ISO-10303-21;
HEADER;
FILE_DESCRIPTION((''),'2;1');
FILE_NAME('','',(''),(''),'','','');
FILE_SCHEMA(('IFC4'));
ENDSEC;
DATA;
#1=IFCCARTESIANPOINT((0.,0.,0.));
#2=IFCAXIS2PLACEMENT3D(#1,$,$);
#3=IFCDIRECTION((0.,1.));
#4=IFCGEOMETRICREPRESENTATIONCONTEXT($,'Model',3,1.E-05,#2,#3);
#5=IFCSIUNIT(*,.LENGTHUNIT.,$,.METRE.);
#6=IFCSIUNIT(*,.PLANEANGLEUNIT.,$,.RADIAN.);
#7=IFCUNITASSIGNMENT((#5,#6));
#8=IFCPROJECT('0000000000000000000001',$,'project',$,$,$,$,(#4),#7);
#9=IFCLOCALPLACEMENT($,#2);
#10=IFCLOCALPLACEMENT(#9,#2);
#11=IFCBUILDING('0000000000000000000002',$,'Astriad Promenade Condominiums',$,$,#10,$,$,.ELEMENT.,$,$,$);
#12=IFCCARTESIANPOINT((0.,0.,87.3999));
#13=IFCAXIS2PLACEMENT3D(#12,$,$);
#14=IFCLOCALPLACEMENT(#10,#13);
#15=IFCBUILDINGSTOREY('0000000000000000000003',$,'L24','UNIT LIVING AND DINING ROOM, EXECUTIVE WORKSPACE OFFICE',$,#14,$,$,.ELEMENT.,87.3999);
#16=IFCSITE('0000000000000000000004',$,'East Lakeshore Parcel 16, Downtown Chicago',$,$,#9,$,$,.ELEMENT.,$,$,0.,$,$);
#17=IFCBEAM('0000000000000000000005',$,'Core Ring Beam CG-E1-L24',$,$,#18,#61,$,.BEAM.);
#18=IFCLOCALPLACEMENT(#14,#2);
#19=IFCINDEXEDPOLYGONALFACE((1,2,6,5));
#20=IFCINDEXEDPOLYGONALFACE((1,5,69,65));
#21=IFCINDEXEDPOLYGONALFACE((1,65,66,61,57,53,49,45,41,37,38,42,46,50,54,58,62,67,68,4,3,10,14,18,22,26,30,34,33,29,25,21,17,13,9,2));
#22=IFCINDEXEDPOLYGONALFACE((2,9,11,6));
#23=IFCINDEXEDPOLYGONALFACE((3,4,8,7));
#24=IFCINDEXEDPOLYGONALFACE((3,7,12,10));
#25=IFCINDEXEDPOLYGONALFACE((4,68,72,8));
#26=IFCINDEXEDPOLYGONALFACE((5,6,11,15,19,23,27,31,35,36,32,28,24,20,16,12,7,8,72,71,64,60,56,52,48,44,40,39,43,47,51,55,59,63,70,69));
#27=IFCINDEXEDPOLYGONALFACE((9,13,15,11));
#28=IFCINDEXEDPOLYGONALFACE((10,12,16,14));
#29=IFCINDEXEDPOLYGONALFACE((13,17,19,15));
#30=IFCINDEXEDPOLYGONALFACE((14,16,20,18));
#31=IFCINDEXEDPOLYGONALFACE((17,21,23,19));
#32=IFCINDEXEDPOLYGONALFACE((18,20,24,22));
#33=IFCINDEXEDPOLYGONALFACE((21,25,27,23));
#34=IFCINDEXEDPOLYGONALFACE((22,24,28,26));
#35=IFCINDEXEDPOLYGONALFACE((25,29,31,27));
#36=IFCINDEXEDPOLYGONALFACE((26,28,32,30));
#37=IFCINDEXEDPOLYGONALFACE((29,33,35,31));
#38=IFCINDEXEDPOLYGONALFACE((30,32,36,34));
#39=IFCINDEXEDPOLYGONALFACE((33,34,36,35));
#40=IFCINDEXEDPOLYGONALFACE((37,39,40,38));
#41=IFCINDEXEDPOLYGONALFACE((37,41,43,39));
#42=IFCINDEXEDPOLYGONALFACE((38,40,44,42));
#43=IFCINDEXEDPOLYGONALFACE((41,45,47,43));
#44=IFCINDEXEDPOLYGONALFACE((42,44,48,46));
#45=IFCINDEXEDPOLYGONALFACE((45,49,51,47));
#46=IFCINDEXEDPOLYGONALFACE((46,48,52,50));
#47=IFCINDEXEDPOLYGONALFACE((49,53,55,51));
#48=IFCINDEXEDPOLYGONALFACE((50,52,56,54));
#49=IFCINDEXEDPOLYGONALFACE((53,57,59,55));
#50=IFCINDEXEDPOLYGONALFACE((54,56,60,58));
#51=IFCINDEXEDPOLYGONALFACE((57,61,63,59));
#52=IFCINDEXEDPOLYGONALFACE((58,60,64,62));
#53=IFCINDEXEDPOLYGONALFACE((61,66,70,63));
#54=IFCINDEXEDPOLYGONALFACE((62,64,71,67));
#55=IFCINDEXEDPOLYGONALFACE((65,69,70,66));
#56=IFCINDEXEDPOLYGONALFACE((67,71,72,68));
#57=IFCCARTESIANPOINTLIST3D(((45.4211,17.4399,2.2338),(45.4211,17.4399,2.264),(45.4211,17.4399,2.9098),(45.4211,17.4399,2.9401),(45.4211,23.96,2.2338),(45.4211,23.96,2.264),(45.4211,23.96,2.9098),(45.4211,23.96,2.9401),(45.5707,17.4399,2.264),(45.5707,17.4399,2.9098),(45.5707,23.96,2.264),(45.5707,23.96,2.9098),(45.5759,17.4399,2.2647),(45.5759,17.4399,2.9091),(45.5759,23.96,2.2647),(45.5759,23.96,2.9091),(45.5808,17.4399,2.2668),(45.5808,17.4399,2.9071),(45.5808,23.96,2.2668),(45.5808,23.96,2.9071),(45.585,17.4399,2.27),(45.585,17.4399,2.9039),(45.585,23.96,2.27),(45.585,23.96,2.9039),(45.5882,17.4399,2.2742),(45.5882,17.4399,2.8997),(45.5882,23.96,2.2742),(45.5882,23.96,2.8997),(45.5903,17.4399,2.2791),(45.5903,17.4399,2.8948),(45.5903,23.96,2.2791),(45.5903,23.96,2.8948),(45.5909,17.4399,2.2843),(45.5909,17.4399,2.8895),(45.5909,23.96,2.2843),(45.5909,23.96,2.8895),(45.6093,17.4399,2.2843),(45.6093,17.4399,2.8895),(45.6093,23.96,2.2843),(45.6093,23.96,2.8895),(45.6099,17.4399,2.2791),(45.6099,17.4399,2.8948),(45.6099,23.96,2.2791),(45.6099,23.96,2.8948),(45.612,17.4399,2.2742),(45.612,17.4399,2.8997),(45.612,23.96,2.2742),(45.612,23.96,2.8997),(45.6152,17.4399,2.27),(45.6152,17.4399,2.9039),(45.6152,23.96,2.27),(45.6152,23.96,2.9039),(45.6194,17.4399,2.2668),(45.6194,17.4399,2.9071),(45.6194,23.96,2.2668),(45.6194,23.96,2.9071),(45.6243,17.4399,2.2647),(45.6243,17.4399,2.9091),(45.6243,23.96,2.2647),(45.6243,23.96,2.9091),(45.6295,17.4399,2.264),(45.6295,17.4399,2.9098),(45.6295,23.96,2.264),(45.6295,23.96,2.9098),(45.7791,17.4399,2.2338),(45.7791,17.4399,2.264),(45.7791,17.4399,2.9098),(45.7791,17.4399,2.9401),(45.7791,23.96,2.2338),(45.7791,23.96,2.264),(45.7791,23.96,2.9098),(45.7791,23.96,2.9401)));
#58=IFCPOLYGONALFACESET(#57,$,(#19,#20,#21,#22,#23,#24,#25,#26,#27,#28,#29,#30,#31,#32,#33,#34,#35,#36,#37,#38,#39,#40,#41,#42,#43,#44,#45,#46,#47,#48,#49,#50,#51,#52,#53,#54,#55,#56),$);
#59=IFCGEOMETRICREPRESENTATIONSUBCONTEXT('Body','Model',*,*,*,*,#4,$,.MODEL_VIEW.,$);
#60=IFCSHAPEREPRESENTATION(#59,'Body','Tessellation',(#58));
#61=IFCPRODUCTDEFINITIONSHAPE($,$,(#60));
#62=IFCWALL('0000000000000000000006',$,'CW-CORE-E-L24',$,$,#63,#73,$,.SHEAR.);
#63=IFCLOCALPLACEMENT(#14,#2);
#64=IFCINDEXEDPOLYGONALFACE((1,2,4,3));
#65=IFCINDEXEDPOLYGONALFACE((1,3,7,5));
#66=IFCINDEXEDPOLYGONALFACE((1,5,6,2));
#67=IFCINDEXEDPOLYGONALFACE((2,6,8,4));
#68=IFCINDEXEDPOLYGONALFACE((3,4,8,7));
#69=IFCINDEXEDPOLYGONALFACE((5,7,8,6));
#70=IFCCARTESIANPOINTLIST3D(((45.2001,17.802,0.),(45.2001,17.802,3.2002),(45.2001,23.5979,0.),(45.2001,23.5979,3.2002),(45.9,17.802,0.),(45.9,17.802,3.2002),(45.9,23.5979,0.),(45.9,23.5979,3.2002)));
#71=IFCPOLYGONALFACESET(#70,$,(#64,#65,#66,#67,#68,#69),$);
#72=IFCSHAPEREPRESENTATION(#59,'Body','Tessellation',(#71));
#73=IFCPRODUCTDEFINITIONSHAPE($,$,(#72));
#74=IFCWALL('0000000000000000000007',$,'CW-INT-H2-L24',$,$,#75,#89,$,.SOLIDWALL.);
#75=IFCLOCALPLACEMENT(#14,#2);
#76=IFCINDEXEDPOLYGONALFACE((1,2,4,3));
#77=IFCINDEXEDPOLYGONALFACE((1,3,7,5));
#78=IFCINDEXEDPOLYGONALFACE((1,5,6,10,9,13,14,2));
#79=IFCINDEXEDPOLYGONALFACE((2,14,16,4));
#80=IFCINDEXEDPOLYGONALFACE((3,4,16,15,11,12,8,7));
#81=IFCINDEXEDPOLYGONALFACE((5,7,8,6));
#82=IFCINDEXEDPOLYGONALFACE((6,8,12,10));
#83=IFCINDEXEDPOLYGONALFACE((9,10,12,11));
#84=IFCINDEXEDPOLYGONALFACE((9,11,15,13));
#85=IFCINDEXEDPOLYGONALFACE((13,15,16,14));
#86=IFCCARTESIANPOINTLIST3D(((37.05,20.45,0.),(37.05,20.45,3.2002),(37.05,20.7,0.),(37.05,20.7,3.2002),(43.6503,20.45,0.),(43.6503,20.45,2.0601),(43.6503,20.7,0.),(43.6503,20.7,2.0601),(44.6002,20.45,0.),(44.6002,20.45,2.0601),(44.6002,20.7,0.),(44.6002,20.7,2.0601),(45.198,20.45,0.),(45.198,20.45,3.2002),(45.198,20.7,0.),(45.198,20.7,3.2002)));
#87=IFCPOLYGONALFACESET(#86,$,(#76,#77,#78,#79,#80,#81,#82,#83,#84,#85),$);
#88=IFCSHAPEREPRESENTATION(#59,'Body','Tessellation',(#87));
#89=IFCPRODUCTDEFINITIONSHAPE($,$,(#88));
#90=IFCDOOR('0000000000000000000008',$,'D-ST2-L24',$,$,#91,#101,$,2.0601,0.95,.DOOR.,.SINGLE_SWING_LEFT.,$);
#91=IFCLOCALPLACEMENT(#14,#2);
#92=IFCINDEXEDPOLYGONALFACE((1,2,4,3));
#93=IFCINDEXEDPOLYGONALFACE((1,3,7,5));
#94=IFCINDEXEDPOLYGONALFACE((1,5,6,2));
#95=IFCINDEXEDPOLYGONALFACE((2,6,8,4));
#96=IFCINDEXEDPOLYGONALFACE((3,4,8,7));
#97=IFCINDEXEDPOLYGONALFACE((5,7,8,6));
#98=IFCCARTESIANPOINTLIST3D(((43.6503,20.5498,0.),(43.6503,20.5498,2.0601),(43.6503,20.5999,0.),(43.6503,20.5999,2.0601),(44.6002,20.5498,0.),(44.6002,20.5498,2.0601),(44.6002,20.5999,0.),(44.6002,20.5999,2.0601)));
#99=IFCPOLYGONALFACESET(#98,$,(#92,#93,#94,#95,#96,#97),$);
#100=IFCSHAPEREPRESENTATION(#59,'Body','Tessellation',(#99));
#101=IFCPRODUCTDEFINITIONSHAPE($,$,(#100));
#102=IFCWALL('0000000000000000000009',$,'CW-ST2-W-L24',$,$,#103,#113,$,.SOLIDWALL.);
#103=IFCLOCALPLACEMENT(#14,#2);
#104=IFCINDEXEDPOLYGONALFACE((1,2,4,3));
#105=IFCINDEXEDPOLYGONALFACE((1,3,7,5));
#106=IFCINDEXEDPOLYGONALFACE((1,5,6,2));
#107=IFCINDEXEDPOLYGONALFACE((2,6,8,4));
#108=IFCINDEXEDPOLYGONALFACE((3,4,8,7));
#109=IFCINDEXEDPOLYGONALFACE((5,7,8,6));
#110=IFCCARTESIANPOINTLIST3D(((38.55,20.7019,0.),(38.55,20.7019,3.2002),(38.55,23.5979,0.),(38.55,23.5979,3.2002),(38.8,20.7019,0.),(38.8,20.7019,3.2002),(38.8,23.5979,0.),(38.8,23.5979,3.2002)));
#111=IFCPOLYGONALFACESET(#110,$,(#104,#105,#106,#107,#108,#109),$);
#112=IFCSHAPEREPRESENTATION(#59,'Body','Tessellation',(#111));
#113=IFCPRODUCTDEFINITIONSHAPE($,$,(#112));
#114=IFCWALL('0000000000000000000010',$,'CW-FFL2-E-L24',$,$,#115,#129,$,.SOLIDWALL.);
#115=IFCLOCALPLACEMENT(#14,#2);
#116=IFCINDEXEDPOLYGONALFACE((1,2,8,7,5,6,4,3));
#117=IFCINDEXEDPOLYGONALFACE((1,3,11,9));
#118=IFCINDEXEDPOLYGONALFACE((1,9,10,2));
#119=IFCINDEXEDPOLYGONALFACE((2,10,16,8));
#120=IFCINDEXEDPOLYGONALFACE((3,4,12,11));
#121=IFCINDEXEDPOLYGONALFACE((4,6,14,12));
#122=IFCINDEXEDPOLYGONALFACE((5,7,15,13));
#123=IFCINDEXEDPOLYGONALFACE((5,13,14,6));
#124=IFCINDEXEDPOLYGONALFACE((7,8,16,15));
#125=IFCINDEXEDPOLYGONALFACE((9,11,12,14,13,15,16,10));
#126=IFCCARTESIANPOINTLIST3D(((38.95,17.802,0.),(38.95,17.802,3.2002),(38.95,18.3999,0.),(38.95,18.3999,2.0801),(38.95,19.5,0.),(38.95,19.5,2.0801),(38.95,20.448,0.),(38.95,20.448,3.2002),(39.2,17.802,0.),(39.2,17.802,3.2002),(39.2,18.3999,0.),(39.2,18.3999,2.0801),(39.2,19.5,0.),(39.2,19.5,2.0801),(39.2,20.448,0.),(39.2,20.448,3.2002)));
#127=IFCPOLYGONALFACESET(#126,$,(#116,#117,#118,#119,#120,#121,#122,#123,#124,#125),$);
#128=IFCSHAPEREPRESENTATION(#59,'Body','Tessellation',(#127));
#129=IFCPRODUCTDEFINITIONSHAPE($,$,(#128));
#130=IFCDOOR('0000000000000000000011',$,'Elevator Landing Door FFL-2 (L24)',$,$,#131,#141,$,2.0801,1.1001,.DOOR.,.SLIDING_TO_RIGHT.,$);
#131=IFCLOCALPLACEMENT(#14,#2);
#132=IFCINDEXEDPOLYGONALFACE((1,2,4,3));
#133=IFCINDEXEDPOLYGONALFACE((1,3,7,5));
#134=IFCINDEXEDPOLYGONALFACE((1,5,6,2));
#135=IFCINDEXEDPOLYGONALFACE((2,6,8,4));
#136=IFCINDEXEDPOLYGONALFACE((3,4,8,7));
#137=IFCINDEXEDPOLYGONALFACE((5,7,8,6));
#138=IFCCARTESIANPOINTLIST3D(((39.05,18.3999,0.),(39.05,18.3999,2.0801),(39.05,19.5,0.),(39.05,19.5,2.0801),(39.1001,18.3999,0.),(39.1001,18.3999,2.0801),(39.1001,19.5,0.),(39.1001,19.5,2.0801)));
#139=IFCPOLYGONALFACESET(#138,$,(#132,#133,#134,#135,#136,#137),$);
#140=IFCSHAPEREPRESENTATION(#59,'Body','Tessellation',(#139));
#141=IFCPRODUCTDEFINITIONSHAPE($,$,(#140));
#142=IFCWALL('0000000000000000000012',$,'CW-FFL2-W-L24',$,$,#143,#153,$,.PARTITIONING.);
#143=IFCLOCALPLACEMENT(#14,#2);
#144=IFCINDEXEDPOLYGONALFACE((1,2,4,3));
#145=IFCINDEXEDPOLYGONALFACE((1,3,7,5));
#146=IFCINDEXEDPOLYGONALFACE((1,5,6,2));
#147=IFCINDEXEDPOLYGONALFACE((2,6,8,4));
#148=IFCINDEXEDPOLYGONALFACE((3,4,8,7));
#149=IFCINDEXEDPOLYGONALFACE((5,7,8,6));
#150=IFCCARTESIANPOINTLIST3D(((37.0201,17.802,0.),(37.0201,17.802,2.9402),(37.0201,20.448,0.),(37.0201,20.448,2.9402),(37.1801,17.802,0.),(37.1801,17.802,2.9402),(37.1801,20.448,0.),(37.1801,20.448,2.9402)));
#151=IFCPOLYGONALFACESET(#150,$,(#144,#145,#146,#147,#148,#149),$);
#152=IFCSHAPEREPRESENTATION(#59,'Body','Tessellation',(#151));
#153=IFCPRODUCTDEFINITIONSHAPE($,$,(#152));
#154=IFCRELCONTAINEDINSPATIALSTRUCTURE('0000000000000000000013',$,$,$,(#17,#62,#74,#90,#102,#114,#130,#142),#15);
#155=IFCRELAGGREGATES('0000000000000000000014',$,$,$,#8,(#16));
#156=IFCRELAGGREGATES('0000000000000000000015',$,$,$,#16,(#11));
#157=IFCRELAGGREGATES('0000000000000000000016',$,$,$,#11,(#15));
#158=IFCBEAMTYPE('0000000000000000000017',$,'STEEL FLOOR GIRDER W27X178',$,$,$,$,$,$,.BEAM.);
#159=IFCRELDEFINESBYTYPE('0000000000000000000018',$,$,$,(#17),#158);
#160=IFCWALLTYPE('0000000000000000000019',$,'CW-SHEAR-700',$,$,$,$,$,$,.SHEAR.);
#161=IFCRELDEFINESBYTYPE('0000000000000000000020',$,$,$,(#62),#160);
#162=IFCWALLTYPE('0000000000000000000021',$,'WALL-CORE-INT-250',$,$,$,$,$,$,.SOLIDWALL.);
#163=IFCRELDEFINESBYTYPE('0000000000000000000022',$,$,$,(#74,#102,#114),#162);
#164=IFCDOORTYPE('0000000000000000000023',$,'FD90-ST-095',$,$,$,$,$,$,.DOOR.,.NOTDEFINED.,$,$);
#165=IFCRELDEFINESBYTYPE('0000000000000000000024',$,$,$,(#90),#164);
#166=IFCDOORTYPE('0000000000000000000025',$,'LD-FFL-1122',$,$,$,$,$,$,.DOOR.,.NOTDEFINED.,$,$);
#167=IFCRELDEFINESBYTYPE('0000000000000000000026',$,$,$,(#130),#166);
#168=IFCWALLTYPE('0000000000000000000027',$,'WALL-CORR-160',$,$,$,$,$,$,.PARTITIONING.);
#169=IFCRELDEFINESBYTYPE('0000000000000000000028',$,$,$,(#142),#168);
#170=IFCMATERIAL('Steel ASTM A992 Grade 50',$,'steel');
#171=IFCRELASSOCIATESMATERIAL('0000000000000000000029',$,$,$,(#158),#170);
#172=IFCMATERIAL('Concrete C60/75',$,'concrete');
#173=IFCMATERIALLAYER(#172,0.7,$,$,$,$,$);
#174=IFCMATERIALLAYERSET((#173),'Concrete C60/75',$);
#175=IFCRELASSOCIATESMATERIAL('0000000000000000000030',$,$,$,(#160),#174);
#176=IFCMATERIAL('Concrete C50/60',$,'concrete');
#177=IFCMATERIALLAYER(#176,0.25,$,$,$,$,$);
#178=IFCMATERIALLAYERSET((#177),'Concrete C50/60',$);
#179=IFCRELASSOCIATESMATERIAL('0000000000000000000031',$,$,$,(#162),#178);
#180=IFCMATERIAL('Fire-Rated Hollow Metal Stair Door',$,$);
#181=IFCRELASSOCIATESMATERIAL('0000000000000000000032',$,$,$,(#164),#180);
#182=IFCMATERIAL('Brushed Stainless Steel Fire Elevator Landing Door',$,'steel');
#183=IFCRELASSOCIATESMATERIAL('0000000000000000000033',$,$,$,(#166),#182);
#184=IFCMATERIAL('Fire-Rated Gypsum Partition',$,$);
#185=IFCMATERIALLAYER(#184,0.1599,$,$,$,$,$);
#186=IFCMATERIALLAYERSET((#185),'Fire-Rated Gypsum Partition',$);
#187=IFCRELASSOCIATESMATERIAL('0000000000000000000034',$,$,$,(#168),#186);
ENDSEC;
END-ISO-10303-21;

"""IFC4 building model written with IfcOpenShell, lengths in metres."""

from ifc_helpers import new_model, si_unit, direction, frame, frame_2d, origin, origin_2d, place, context, subcontext, project, spatial, rectangle, i_section, extrude, source, transform, mapped, material, layer, layer_set, material_profile, profile_set, type_object, type_shapes, element, fill, save


model = new_model("IFC4")

# Units and contexts
model_context = context("Model", 3, precision=1e-05, world=origin(), true_north=direction((0.0, 1.0)))
body_context = subcontext(model_context, "Body", "Model", "MODEL_VIEW")
ifc_project = project(units=[si_unit("LENGTHUNIT", "METRE"), si_unit("PLANEANGLEUNIT", "RADIAN")], contexts=[model_context])

# Site, building, storey
site_placement = place(None, origin())
site = spatial("IfcSite", under=ifc_project, at=site_placement, Name="East Lakeshore Parcel 16, Downtown Chicago", CompositionType="ELEMENT", RefElevation=0.0)
building_placement = place(site_placement, origin())
building = spatial("IfcBuilding", under=site, at=building_placement, Name="Astriad Promenade Condominiums", CompositionType="ELEMENT")
storey_placement = place(building_placement, frame((0.0, 0.0, 87.3999)))
storey = spatial("IfcBuildingStorey", under=building, at=storey_placement, Name="L24", Description="UNIT LIVING AND DINING ROOM, EXECUTIVE WORKSPACE OFFICE", CompositionType="ELEMENT", Elevation=87.3999)

# Shared definitions
ifc_material_1 = material(Name="Steel ASTM A992 Grade 50", Category="steel")

# Beam
ifc_material_profile_1 = material_profile(ifc_material_1, i_section(OverallWidth=0.3579, OverallDepth=0.7063, WebThickness=0.0183, FlangeThickness=0.0303, FilletRadius=0.0203, at=origin_2d()), Name="W27X178")
ifc_profile_set_1 = profile_set([ifc_material_profile_1], Name="Steel ASTM A992 Grade 50")
beam_type_1 = type_object("IfcBeamType", Name="STEEL FLOOR GIRDER W27X178", PredefinedType="BEAM", material=ifc_profile_set_1)
shared_shape_1 = source(origin(), body_context, "Body", "SweptSolid", [
    extrude(i_section(OverallWidth=0.3579, OverallDepth=0.7063, WebThickness=0.0183, FlangeThickness=0.0303, FilletRadius=0.0203, at=origin_2d()), origin(), (0.0, 0.0, 1.0), 6.52),
])
type_shapes(beam_type_1, [shared_shape_1])
beam_1_placement = place(storey_placement, frame((45.6001, 17.4399, 2.5869), z_axis=(0.0, 1.0, 0.0), x_axis=(-1.0, 0.0, 0.0)))
element("IfcBeam", 1, at=beam_1_placement, inside=storey, type_object=beam_type_1, Name="Core Ring Beam CG-E1-L24", PredefinedType="BEAM", context=body_context, shape_type="MappedRepresentation", body=[
    mapped(shared_shape_1, transform((0.0, 0.0, 0.0), scale=1.0)),
])

# Wall
ifc_material_2 = material(Name="Concrete C60/75", Category="concrete")
ifc_layer_1 = layer(ifc_material_2, 0.7)
ifc_layer_set_1 = layer_set([ifc_layer_1], Name="Concrete C60/75")
wall_type_1 = type_object("IfcWallType", Name="CW-SHEAR-700", PredefinedType="SHEAR", material=ifc_layer_set_1)
wall_1_placement = place(storey_placement, frame((45.55, 17.802, 0.0), z_axis=(0.0, 0.0, 1.0), x_axis=(0.0, 1.0, 0.0)))
element("IfcWall", 2, at=wall_1_placement, inside=storey, type_object=wall_type_1, Name="CW-CORE-E-L24", PredefinedType="SHEAR", context=body_context, shape_type="SweptSolid", body=[
    extrude(rectangle(XDim=5.7959, YDim=0.7, at=frame_2d((2.8979, 0.0))), origin(), (0.0, 0.0, 1.0), 3.2002),
])

# Wall, opening, door
ifc_material_3 = material(Name="Concrete C50/60", Category="concrete")
ifc_layer_2 = layer(ifc_material_3, 0.25)
ifc_layer_set_2 = layer_set([ifc_layer_2], Name="Concrete C50/60")
wall_type_2 = type_object("IfcWallType", Name="WALL-CORE-INT-250", PredefinedType="SOLIDWALL", material=ifc_layer_set_2)
wall_2_placement = place(storey_placement, frame((37.05, 20.575, 0.0), z_axis=(0.0, 0.0, 1.0), x_axis=(1.0, 0.0, 0.0)))
wall_2 = element("IfcWall", 3, at=wall_2_placement, inside=storey, type_object=wall_type_2, Name="CW-INT-H2-L24", PredefinedType="SOLIDWALL", context=body_context, shape_type="SweptSolid", body=[
    extrude(rectangle(XDim=8.1479, YDim=0.25, at=frame_2d((4.074, 0.0))), origin(), (0.0, 0.0, 1.0), 3.2002),
])
opening_1_placement = place(wall_2_placement, frame((6.6001, 0.0, 0.0)))
opening_1 = element("IfcOpeningElement", 4, at=opening_1_placement, cuts=wall_2, PredefinedType="OPENING", context=body_context, shape_type="SweptSolid", body=[
    extrude(rectangle(XDim=0.95, YDim=2.0601, at=frame_2d((0.4751, 1.03))), frame((0.0, 0.135, 0.0), z_axis=(0.0, -1.0, 0.0), x_axis=(1.0, 0.0, 0.0)), (0.0, 0.0, 1.0), 0.27),
])
ifc_material_4 = material(Name="Fire-Rated Hollow Metal Stair Door")
door_type_1 = type_object("IfcDoorType", Name="FD90-ST-095", OperationType="NOTDEFINED", PredefinedType="DOOR", material=ifc_material_4)
shared_shape_2 = source(origin(), body_context, "Body", "SweptSolid", [
    extrude(rectangle(XDim=0.95, YDim=2.0601, at=frame_2d((0.4751, 1.03))), frame((0.0, 0.0249, 0.0), z_axis=(0.0, -1.0, 0.0), x_axis=(1.0, 0.0, 0.0)), (0.0, 0.0, 1.0), 0.05),
])
type_shapes(door_type_1, [shared_shape_2])
door_1_placement = place(opening_1_placement, origin())
door_1 = element("IfcDoor", 5, at=door_1_placement, inside=storey, type_object=door_type_1, Name="D-ST2-L24", OperationType="SINGLE_SWING_LEFT", OverallHeight=2.0601, OverallWidth=0.95, PredefinedType="DOOR", context=body_context, shape_type="MappedRepresentation", body=[
    mapped(shared_shape_2, transform((0.0, 0.0, 0.0), scale=1.0)),
])
fill(opening_1, door_1)

# Wall
wall_3_placement = place(storey_placement, frame((38.675, 20.7019, 0.0), z_axis=(0.0, 0.0, 1.0), x_axis=(0.0, 1.0, 0.0)))
element("IfcWall", 6, at=wall_3_placement, inside=storey, type_object=wall_type_2, Name="CW-ST2-W-L24", PredefinedType="SOLIDWALL", context=body_context, shape_type="SweptSolid", body=[
    extrude(rectangle(XDim=2.896, YDim=0.25, at=frame_2d((1.448, 0.0))), origin(), (0.0, 0.0, 1.0), 3.2002),
])

# Wall, opening, door
wall_4_placement = place(storey_placement, frame((39.075, 17.802, 0.0), z_axis=(0.0, 0.0, 1.0), x_axis=(0.0, 1.0, 0.0)))
wall_4 = element("IfcWall", 7, at=wall_4_placement, inside=storey, type_object=wall_type_2, Name="CW-FFL2-E-L24", PredefinedType="SOLIDWALL", context=body_context, shape_type="SweptSolid", body=[
    extrude(rectangle(XDim=2.646, YDim=0.25, at=frame_2d((1.323, 0.0))), origin(), (0.0, 0.0, 1.0), 3.2002),
])
opening_2_placement = place(wall_4_placement, frame((0.5979, 0.0, 0.0)))
opening_2 = element("IfcOpeningElement", 8, at=opening_2_placement, cuts=wall_4, PredefinedType="OPENING", context=body_context, shape_type="SweptSolid", body=[
    extrude(rectangle(XDim=1.1001, YDim=2.0801, at=frame_2d((0.55, 1.04))), frame((0.0, 0.135, 0.0), z_axis=(0.0, -1.0, 0.0), x_axis=(1.0, 0.0, 0.0)), (0.0, 0.0, 1.0), 0.27),
])
ifc_material_5 = material(Name="Brushed Stainless Steel Fire Elevator Landing Door", Category="steel")
door_type_2 = type_object("IfcDoorType", Name="LD-FFL-1122", OperationType="NOTDEFINED", PredefinedType="DOOR", material=ifc_material_5)
shared_shape_3 = source(origin(), body_context, "Body", "SweptSolid", [
    extrude(rectangle(XDim=1.1001, YDim=2.0801, at=frame_2d((0.55, 1.04))), frame((0.0, 0.0249, 0.0), z_axis=(0.0, -1.0, 0.0), x_axis=(1.0, 0.0, 0.0)), (0.0, 0.0, 1.0), 0.05),
])
type_shapes(door_type_2, [shared_shape_3])
door_2_placement = place(opening_2_placement, origin())
door_2 = element("IfcDoor", 9, at=door_2_placement, inside=storey, type_object=door_type_2, Name="Elevator Landing Door FFL-2 (L24)", OperationType="SLIDING_TO_RIGHT", OverallHeight=2.0801, OverallWidth=1.1001, PredefinedType="DOOR", context=body_context, shape_type="MappedRepresentation", body=[
    mapped(shared_shape_3, transform((0.0, 0.0, 0.0), scale=1.0)),
])
fill(opening_2, door_2)

# Wall
ifc_material_6 = material(Name="Fire-Rated Gypsum Partition")
ifc_layer_3 = layer(ifc_material_6, 0.1599)
ifc_layer_set_3 = layer_set([ifc_layer_3], Name="Fire-Rated Gypsum Partition")
wall_type_3 = type_object("IfcWallType", Name="WALL-CORR-160", PredefinedType="PARTITIONING", material=ifc_layer_set_3)
wall_5_placement = place(storey_placement, frame((37.1001, 17.802, 0.0), z_axis=(0.0, 0.0, 1.0), x_axis=(0.0, 1.0, 0.0)))
element("IfcWall", 10, at=wall_5_placement, inside=storey, type_object=wall_type_3, Name="CW-FFL2-W-L24", PredefinedType="PARTITIONING", context=body_context, shape_type="SweptSolid", body=[
    extrude(rectangle(XDim=2.646, YDim=0.1599, at=frame_2d((1.323, 0.0))), origin(), (0.0, 0.0, 1.0), 2.9402),
])

save(model, "model.ifc")
